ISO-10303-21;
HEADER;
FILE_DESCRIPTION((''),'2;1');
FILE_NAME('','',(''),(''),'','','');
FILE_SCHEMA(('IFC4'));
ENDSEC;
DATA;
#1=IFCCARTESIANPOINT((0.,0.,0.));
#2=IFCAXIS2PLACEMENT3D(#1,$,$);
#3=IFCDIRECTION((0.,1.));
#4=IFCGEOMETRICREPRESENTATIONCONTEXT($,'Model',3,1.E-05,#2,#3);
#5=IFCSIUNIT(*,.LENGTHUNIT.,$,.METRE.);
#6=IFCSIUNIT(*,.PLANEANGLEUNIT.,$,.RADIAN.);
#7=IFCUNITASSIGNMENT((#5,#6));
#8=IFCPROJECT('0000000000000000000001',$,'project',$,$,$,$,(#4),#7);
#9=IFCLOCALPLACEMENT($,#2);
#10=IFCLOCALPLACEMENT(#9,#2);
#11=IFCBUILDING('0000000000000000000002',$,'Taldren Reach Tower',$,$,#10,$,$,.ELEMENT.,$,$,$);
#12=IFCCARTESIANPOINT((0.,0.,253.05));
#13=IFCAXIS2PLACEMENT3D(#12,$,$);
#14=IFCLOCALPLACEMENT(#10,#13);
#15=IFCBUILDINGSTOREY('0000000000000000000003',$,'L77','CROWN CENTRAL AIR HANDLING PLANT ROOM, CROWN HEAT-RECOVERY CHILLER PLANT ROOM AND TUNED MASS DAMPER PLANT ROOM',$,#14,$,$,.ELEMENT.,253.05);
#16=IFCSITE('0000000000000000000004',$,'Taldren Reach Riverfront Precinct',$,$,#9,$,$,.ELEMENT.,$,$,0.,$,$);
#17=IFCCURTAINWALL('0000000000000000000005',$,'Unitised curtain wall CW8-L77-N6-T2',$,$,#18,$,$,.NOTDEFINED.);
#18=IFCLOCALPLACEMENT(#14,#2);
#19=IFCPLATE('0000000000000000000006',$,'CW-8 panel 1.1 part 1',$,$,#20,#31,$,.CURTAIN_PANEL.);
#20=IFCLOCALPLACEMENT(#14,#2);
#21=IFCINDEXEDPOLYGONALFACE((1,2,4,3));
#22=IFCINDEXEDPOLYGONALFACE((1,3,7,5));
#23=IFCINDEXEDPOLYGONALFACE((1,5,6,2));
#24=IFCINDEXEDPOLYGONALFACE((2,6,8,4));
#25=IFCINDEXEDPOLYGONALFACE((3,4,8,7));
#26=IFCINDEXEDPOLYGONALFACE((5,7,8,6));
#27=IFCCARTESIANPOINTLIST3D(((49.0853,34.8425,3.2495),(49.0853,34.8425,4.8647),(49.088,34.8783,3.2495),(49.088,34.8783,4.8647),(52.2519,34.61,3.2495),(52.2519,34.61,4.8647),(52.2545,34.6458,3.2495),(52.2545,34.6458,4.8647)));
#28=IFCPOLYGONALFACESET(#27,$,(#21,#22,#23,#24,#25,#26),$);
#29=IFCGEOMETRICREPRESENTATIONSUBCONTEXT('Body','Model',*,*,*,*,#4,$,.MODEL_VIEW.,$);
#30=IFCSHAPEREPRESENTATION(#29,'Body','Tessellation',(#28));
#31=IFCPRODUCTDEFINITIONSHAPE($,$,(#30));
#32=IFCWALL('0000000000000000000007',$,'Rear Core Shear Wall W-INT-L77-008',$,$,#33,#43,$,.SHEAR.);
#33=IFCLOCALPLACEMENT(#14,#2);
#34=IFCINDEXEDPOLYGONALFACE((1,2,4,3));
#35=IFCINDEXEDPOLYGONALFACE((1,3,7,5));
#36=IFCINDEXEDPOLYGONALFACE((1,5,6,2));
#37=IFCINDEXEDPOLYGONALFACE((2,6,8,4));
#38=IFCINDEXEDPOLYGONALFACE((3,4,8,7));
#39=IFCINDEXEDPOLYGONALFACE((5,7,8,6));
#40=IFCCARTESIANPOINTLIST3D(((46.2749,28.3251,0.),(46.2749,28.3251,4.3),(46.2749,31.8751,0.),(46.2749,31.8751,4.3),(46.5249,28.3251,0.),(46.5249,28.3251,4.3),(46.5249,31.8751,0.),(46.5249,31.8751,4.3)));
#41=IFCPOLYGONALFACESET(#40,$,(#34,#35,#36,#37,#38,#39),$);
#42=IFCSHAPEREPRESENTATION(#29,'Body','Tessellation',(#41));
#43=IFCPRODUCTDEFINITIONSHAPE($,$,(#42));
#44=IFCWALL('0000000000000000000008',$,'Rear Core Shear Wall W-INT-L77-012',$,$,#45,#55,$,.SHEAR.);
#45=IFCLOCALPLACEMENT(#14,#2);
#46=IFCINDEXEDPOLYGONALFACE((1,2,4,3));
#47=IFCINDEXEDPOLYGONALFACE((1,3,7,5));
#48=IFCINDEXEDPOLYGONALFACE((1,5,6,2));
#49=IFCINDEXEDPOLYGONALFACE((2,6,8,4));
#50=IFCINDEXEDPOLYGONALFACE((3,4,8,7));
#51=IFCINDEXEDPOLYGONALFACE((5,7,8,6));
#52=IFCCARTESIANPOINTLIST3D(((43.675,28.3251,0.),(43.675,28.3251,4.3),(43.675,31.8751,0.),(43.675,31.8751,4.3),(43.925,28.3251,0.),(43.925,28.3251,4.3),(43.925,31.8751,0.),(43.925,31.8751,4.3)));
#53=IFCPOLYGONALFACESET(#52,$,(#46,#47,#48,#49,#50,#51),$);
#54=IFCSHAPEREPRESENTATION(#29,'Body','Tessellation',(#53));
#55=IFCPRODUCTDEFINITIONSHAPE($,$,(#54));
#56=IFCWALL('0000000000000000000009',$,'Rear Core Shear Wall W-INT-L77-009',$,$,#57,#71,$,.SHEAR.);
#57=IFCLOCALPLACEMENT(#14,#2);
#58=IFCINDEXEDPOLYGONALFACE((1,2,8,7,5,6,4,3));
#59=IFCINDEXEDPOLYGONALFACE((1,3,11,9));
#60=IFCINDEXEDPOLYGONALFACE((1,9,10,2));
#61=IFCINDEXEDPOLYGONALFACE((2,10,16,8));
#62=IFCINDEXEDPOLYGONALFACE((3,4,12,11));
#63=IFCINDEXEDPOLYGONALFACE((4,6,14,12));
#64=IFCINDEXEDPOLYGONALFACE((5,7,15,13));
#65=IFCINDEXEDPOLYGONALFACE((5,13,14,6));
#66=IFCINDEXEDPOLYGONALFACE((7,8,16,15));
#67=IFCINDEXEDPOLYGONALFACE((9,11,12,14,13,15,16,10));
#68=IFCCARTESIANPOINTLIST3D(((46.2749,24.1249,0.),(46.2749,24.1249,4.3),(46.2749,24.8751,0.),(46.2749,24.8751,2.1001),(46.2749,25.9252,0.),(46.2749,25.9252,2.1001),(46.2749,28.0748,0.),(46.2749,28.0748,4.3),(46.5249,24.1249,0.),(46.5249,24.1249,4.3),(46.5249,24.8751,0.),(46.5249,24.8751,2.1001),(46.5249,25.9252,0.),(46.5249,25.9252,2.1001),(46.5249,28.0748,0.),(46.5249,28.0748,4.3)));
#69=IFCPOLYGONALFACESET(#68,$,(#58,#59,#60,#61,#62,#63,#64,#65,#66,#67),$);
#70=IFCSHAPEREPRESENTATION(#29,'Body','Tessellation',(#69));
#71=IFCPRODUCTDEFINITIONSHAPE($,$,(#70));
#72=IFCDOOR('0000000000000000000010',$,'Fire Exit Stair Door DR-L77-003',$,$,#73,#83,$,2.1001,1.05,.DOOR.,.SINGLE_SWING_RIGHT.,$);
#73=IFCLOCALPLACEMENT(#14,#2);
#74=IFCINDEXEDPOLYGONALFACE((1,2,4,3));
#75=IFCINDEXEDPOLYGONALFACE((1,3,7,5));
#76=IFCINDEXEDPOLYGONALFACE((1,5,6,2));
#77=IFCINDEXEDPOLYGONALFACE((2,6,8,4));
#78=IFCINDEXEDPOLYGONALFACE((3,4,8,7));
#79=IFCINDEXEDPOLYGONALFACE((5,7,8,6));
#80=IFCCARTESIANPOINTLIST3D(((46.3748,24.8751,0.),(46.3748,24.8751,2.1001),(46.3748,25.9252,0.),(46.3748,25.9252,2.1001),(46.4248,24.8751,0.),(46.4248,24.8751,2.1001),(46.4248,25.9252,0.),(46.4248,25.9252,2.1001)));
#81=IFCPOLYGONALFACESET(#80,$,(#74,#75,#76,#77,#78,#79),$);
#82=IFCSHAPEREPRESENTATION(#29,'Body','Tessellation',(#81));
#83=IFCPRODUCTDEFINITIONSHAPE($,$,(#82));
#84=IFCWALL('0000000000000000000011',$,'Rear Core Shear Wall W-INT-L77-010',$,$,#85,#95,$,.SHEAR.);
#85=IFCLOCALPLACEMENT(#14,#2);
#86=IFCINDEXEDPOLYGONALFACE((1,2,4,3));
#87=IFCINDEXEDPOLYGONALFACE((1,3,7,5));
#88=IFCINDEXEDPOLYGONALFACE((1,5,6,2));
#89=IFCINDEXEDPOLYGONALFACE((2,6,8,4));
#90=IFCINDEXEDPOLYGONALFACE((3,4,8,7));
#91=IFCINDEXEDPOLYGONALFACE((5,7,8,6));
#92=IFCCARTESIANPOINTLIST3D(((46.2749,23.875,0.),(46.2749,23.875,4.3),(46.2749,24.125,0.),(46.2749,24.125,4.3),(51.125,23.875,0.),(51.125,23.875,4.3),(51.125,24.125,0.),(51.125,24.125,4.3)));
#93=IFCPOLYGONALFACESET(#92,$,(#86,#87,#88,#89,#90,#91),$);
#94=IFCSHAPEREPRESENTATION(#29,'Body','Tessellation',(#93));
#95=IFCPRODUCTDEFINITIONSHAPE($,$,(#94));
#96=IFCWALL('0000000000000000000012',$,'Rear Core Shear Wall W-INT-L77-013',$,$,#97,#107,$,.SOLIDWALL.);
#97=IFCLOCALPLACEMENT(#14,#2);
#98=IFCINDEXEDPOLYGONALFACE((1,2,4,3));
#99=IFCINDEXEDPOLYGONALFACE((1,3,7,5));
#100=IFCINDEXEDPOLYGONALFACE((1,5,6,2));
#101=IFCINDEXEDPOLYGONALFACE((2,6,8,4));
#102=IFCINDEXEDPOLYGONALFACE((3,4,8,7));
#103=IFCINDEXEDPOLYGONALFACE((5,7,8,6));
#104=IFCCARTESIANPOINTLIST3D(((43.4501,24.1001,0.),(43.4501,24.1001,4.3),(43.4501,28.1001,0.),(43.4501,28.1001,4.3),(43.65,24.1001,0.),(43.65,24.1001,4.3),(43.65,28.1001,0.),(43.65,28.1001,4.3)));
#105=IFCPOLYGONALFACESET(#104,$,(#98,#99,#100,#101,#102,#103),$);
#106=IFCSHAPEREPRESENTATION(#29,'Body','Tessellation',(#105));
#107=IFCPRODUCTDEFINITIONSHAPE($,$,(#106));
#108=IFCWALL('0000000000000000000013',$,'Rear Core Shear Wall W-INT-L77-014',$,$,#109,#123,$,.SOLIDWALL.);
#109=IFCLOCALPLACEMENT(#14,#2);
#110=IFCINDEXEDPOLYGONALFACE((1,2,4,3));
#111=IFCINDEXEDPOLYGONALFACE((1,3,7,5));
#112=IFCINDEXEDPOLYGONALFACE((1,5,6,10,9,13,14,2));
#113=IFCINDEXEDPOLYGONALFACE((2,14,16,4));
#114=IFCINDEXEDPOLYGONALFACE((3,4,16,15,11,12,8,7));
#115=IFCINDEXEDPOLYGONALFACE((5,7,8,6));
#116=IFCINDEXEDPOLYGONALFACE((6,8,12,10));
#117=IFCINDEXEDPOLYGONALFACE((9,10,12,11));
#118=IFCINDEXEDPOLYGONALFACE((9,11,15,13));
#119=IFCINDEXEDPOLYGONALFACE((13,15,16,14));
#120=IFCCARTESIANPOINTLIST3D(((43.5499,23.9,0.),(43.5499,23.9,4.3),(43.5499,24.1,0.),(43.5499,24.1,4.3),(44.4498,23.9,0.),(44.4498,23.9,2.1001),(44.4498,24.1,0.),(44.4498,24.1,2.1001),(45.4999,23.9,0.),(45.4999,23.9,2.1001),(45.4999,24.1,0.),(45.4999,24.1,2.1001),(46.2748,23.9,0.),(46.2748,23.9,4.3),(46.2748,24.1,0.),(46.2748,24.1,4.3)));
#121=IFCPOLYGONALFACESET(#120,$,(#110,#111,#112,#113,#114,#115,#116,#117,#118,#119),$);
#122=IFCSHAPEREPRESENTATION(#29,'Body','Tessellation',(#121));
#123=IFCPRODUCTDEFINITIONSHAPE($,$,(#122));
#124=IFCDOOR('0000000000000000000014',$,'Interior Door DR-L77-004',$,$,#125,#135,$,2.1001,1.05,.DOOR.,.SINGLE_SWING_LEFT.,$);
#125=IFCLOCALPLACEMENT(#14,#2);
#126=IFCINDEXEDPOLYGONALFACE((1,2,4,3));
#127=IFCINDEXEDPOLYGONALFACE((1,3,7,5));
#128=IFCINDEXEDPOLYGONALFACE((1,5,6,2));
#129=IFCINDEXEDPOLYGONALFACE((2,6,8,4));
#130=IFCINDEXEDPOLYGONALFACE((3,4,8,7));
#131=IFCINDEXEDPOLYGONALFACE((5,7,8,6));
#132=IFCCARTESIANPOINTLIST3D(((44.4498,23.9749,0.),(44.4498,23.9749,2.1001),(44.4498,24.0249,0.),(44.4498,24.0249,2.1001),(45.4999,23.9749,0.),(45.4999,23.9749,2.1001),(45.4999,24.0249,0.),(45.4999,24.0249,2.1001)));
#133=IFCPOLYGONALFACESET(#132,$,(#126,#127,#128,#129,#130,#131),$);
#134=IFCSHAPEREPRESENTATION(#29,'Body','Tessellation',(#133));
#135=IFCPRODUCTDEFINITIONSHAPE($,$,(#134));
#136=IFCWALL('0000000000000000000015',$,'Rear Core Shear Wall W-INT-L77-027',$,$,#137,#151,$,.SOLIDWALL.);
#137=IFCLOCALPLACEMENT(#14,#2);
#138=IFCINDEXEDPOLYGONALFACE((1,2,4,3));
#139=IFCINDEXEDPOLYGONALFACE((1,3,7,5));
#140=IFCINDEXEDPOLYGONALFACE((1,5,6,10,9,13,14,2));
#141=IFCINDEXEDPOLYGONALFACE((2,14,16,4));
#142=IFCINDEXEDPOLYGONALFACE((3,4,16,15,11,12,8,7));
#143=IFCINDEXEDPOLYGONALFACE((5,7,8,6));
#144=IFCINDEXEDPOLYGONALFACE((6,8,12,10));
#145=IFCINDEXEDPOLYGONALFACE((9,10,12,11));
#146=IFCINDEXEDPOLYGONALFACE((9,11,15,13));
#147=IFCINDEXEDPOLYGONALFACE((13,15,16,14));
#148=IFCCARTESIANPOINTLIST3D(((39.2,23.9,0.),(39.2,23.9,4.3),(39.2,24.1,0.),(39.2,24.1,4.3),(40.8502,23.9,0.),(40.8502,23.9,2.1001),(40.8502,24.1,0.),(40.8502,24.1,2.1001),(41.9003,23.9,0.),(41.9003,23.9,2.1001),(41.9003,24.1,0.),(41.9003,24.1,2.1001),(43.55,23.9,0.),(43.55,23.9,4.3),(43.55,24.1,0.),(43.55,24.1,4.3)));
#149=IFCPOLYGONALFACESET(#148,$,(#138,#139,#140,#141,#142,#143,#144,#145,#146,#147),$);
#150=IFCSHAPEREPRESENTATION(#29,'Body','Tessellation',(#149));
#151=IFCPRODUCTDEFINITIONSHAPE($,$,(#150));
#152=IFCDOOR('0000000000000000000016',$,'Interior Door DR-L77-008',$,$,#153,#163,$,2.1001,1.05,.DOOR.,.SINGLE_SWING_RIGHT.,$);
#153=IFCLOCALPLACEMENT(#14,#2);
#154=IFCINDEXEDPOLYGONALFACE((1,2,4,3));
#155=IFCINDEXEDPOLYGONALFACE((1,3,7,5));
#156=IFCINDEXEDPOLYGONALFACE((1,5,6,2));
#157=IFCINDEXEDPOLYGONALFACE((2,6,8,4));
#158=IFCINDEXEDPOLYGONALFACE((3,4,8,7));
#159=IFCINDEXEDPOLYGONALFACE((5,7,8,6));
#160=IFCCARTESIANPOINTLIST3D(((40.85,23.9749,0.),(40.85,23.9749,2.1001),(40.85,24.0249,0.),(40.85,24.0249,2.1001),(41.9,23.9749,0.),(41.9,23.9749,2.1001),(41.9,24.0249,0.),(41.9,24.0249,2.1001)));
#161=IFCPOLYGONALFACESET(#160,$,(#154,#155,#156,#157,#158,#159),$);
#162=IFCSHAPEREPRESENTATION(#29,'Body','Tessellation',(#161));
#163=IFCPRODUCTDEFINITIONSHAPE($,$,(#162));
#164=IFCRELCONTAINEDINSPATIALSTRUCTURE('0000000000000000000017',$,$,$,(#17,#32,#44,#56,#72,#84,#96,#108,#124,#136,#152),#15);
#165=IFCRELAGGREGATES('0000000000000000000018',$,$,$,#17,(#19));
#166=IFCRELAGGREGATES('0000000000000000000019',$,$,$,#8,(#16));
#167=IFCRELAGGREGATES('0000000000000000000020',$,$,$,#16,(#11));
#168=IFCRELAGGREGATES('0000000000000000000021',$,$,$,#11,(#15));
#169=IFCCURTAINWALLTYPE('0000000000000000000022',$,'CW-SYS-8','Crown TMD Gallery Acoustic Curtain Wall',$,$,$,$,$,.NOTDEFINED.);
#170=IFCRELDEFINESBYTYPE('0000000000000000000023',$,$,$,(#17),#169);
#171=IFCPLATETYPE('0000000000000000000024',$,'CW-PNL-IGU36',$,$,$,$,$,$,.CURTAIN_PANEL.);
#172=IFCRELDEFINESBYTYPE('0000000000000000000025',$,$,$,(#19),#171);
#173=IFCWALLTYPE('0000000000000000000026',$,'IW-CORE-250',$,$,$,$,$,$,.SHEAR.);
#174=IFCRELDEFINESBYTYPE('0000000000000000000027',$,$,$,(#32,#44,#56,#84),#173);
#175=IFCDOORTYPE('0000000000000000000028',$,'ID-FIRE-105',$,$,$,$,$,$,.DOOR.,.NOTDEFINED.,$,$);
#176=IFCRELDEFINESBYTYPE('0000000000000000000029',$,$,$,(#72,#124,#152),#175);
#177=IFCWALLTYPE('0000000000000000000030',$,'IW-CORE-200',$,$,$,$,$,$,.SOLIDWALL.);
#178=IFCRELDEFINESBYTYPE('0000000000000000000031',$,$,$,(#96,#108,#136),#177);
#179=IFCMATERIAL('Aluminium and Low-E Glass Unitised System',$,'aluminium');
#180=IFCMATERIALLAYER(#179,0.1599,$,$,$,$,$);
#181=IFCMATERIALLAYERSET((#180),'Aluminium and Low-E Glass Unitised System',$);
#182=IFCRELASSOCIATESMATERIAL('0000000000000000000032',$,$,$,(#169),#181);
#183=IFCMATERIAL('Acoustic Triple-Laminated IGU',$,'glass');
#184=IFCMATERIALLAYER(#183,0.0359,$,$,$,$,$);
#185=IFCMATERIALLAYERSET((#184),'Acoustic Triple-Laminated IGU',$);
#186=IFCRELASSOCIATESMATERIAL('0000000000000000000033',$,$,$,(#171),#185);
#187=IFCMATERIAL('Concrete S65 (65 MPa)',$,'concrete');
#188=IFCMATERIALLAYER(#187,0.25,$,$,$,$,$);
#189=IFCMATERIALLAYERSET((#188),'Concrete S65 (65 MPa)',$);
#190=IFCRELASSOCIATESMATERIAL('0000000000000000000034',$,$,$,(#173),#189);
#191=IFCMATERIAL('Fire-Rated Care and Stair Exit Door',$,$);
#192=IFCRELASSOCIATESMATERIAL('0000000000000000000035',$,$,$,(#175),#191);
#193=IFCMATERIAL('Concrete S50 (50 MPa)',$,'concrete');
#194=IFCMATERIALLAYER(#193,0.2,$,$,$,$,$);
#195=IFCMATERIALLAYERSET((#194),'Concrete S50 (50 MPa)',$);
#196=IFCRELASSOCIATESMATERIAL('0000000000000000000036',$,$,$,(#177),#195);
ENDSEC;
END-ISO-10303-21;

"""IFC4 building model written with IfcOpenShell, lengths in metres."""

from ifc_helpers import new_model, si_unit, direction, frame, frame_2d, origin, origin_2d, place, context, subcontext, project, spatial, rectangle, extrude, source, transform, mapped, material, layer, layer_set, type_object, element, fill, aggregate, save


model = new_model("IFC4")

# Units and contexts
model_context = context("Model", 3, precision=1e-05, world=origin(), true_north=direction((0.0, 1.0)))
body_context = subcontext(model_context, "Body", "Model", "MODEL_VIEW")
ifc_project = project(units=[si_unit("LENGTHUNIT", "METRE"), si_unit("PLANEANGLEUNIT", "RADIAN")], contexts=[model_context])

# Site, building, storey
site_placement = place(None, origin())
site = spatial("IfcSite", under=ifc_project, at=site_placement, Name="Taldren Reach Riverfront Precinct", CompositionType="ELEMENT", RefElevation=0.0)
building_placement = place(site_placement, origin())
building = spatial("IfcBuilding", under=site, at=building_placement, Name="Taldren Reach Tower", CompositionType="ELEMENT")
storey_placement = place(building_placement, frame((0.0, 0.0, 253.05)))
storey = spatial("IfcBuildingStorey", under=building, at=storey_placement, Name="L77", Description="CROWN CENTRAL AIR HANDLING PLANT ROOM, CROWN HEAT-RECOVERY CHILLER PLANT ROOM AND TUNED MASS DAMPER PLANT ROOM", CompositionType="ELEMENT", Elevation=253.05)

# Curtain wall, plate
ifc_material_1 = material(Name="Aluminium and Low-E Glass Unitised System", Category="aluminium")
ifc_layer_1 = layer(ifc_material_1, 0.1599)
ifc_layer_set_1 = layer_set([ifc_layer_1], Name="Aluminium and Low-E Glass Unitised System")
curtain_wall_type = type_object("IfcCurtainWallType", Name="CW-SYS-8", Description="Crown TMD Gallery Acoustic Curtain Wall", PredefinedType="NOTDEFINED", material=ifc_layer_set_1)
ifc_material_2 = material(Name="Acoustic Triple-Laminated IGU", Category="glass")
ifc_layer_2 = layer(ifc_material_2, 0.0359)
ifc_layer_set_2 = layer_set([ifc_layer_2], Name="Acoustic Triple-Laminated IGU")
plate_type_1 = type_object("IfcPlateType", Name="CW-PNL-IGU36", PredefinedType="CURTAIN_PANEL", material=ifc_layer_set_2)
curtain_wall_1_placement = place(storey_placement, origin())
curtain_wall_1 = element("IfcCurtainWall", 1, at=curtain_wall_1_placement, inside=storey, type_object=curtain_wall_type, Name="Unitised curtain wall CW8-L77-N6-T2", PredefinedType="NOTDEFINED")
shared_shape_1 = source(origin(), body_context, "Body", "SweptSolid", [
    extrude(rectangle(XDim=3.175, YDim=0.0359, at=origin_2d()), origin(), (0.0, 0.0, 1.0), 1.6152),
])
plate_1_placement = place(storey_placement, frame((50.6699, 34.7441, 3.2495), z_axis=(0.0, 0.0, 1.0), x_axis=(0.997314, -0.073239, 0.0)))
plate_1 = element("IfcPlate", 2, at=plate_1_placement, type_object=plate_type_1, Name="CW-8 panel 1.1 part 1", PredefinedType="CURTAIN_PANEL", context=body_context, shape_type="MappedRepresentation", body=[
    mapped(shared_shape_1, transform((0.0, 0.0, 0.0), scale=1.0)),
])
aggregate(curtain_wall_1, [plate_1])

# Walls
ifc_material_3 = material(Name="Concrete S65 (65 MPa)", Category="concrete")
ifc_layer_3 = layer(ifc_material_3, 0.25)
ifc_layer_set_3 = layer_set([ifc_layer_3], Name="Concrete S65 (65 MPa)")
wall_type_1 = type_object("IfcWallType", Name="IW-CORE-250", PredefinedType="SHEAR", material=ifc_layer_set_3)
shared_shape_2 = source(origin(), body_context, "Body", "SweptSolid", [
    extrude(rectangle(XDim=3.55, YDim=0.25, at=frame_2d((1.7749, 0.0))), origin(), (0.0, 0.0, 1.0), 4.3),
])
for number, where, z_axis, x_axis, name in (
    (3, (46.3999, 31.875, 0.0), (0.0, 0.0, 1.0), (0.0, -1.0, 0.0), "Rear Core Shear Wall W-INT-L77-008"),
    (4, (43.8, 31.875, 0.0), (0.0, 0.0, 1.0), (0.0, -1.0, 0.0), "Rear Core Shear Wall W-INT-L77-012"),
):
    element("IfcWall", number, at=place(storey_placement, frame(where, z_axis=z_axis, x_axis=x_axis)), inside=storey, type_object=wall_type_1, Name=name, PredefinedType="SHEAR", context=body_context, shape_type="MappedRepresentation", body=[
        mapped(shared_shape_2, transform((0.0, 0.0, 0.0), scale=1.0)),
    ])

# Wall, opening, door
shared_shape_3 = source(origin(), body_context, "Body", "SweptSolid", [
    extrude(rectangle(XDim=3.95, YDim=0.25, at=frame_2d((1.9751, 0.0))), origin(), (0.0, 0.0, 1.0), 4.3),
])
wall_1_placement = place(storey_placement, frame((46.3999, 28.075, 0.0), z_axis=(0.0, 0.0, 1.0), x_axis=(0.0, -1.0, 0.0)))
wall_1 = element("IfcWall", 5, at=wall_1_placement, inside=storey, type_object=wall_type_1, Name="Rear Core Shear Wall W-INT-L77-009", PredefinedType="SHEAR", context=body_context, shape_type="MappedRepresentation", body=[
    mapped(shared_shape_3, transform((0.0, 0.0, 0.0), scale=1.0)),
])
shared_shape_4 = source(origin(), body_context, "Body", "SweptSolid", [
    extrude(rectangle(XDim=1.05, YDim=2.1001, at=frame_2d((0.5249, 1.05))), frame((0.0, 0.135, 0.0), z_axis=(0.0, -1.0, 0.0), x_axis=(1.0, 0.0, 0.0)), (0.0, 0.0, 1.0), 0.27),
])
opening_1_placement = place(wall_1_placement, frame((2.1499, 0.0, 0.0)))
opening_1 = element("IfcOpeningElement", 6, at=opening_1_placement, cuts=wall_1, PredefinedType="OPENING", context=body_context, shape_type="MappedRepresentation", body=[
    mapped(shared_shape_4, transform((0.0, 0.0, 0.0), scale=1.0)),
])
ifc_material_4 = material(Name="Fire-Rated Care and Stair Exit Door")
door_type_1 = type_object("IfcDoorType", Name="ID-FIRE-105", OperationType="NOTDEFINED", PredefinedType="DOOR", material=ifc_material_4)
shared_shape_5 = source(origin(), body_context, "Body", "SweptSolid", [
    extrude(rectangle(XDim=1.05, YDim=2.1001, at=frame_2d((0.5249, 1.05))), frame((0.0, 0.0249, 0.0), z_axis=(0.0, -1.0, 0.0), x_axis=(1.0, 0.0, 0.0)), (0.0, 0.0, 1.0), 0.05),
])
door_1_placement = place(opening_1_placement, origin())
door_1 = element("IfcDoor", 7, at=door_1_placement, inside=storey, type_object=door_type_1, Name="Fire Exit Stair Door DR-L77-003", OperationType="SINGLE_SWING_RIGHT", OverallHeight=2.1001, OverallWidth=1.05, PredefinedType="DOOR", context=body_context, shape_type="MappedRepresentation", body=[
    mapped(shared_shape_5, transform((0.0, 0.0, 0.0), scale=1.0)),
])
fill(opening_1, door_1)

# Wall
shared_shape_6 = source(origin(), body_context, "Body", "SweptSolid", [
    extrude(rectangle(XDim=4.8501, YDim=0.25, at=frame_2d((2.425, 0.0))), origin(), (0.0, 0.0, 1.0), 4.3),
])
wall_2_placement = place(storey_placement, frame((46.2749, 24.0, 0.0), z_axis=(0.0, 0.0, 1.0), x_axis=(1.0, 0.0, 0.0)))
element("IfcWall", 8, at=wall_2_placement, inside=storey, type_object=wall_type_1, Name="Rear Core Shear Wall W-INT-L77-010", PredefinedType="SHEAR", context=body_context, shape_type="MappedRepresentation", body=[
    mapped(shared_shape_6, transform((0.0, 0.0, 0.0), scale=1.0)),
])

# Wall
ifc_material_5 = material(Name="Concrete S50 (50 MPa)", Category="concrete")
ifc_layer_4 = layer(ifc_material_5, 0.2)
ifc_layer_set_4 = layer_set([ifc_layer_4], Name="Concrete S50 (50 MPa)")
wall_type_2 = type_object("IfcWallType", Name="IW-CORE-200", PredefinedType="SOLIDWALL", material=ifc_layer_set_4)
shared_shape_7 = source(origin(), body_context, "Body", "SweptSolid", [
    extrude(rectangle(XDim=4.0, YDim=0.2, at=frame_2d((2.0, 0.0))), origin(), (0.0, 0.0, 1.0), 4.3),
])
wall_3_placement = place(storey_placement, frame((43.55, 28.1001, 0.0), z_axis=(0.0, 0.0, 1.0), x_axis=(0.0, -1.0, 0.0)))
element("IfcWall", 9, at=wall_3_placement, inside=storey, type_object=wall_type_2, Name="Rear Core Shear Wall W-INT-L77-013", PredefinedType="SOLIDWALL", context=body_context, shape_type="MappedRepresentation", body=[
    mapped(shared_shape_7, transform((0.0, 0.0, 0.0), scale=1.0)),
])

# Walls, openings, doors
shared_shape_8 = source(origin(), body_context, "Body", "SweptSolid", [
    extrude(rectangle(XDim=2.7249, YDim=0.2, at=frame_2d((1.3623, 0.0))), origin(), (0.0, 0.0, 1.0), 4.3),
])
wall_4_placement = place(storey_placement, frame((43.55, 24.0, 0.0), z_axis=(0.0, 0.0, 1.0), x_axis=(1.0, 0.0, 0.0)))
wall_4 = element("IfcWall", 10, at=wall_4_placement, inside=storey, type_object=wall_type_2, Name="Rear Core Shear Wall W-INT-L77-014", PredefinedType="SOLIDWALL", context=body_context, shape_type="MappedRepresentation", body=[
    mapped(shared_shape_8, transform((0.0, 0.0, 0.0), scale=1.0)),
])
shared_shape_9 = source(origin(), body_context, "Body", "SweptSolid", [
    extrude(rectangle(XDim=1.05, YDim=2.1001, at=frame_2d((0.5249, 1.05))), frame((0.0, 0.1099, 0.0), z_axis=(0.0, -1.0, 0.0), x_axis=(1.0, 0.0, 0.0)), (0.0, 0.0, 1.0), 0.22),
])
opening_2_placement = place(wall_4_placement, frame((0.8999, 0.0, 0.0)))
opening_2 = element("IfcOpeningElement", 11, at=opening_2_placement, cuts=wall_4, PredefinedType="OPENING", context=body_context, shape_type="MappedRepresentation", body=[
    mapped(shared_shape_9, transform((0.0, 0.0, 0.0), scale=1.0)),
])
door_2_placement = place(opening_2_placement, origin())
door_2 = element("IfcDoor", 12, at=door_2_placement, inside=storey, type_object=door_type_1, Name="Interior Door DR-L77-004", OperationType="SINGLE_SWING_LEFT", OverallHeight=2.1001, OverallWidth=1.05, PredefinedType="DOOR", context=body_context, shape_type="MappedRepresentation", body=[
    mapped(shared_shape_5, transform((0.0, 0.0, 0.0), scale=1.0)),
])
fill(opening_2, door_2)
shared_shape_10 = source(origin(), body_context, "Body", "SweptSolid", [
    extrude(rectangle(XDim=4.3501, YDim=0.2, at=frame_2d((2.175, 0.0))), origin(), (0.0, 0.0, 1.0), 4.3),
])
wall_5_placement = place(storey_placement, frame((43.55, 24.0, 0.0), z_axis=(0.0, 0.0, 1.0), x_axis=(-1.0, 0.0, 0.0)))
wall_5 = element("IfcWall", 13, at=wall_5_placement, inside=storey, type_object=wall_type_2, Name="Rear Core Shear Wall W-INT-L77-027", PredefinedType="SOLIDWALL", context=body_context, shape_type="MappedRepresentation", body=[
    mapped(shared_shape_10, transform((0.0, 0.0, 0.0), scale=1.0)),
])
opening_3_placement = place(wall_5_placement, frame((1.6499, 0.0, 0.0)))
opening_3 = element("IfcOpeningElement", 14, at=opening_3_placement, cuts=wall_5, PredefinedType="OPENING", context=body_context, shape_type="MappedRepresentation", body=[
    mapped(shared_shape_9, transform((0.0, 0.0, 0.0), scale=1.0)),
])
door_3_placement = place(opening_3_placement, frame((1.05, 0.0, 0.0), z_axis=(0.0, 0.0, 1.0), x_axis=(-1.0, 0.0, 0.0)))
door_3 = element("IfcDoor", 15, at=door_3_placement, inside=storey, type_object=door_type_1, Name="Interior Door DR-L77-008", OperationType="SINGLE_SWING_RIGHT", OverallHeight=2.1001, OverallWidth=1.05, PredefinedType="DOOR", context=body_context, shape_type="MappedRepresentation", body=[
    mapped(shared_shape_5, transform((0.0, 0.0, 0.0), scale=1.0)),
])
fill(opening_3, door_3)

save(model, "model.ifc")
